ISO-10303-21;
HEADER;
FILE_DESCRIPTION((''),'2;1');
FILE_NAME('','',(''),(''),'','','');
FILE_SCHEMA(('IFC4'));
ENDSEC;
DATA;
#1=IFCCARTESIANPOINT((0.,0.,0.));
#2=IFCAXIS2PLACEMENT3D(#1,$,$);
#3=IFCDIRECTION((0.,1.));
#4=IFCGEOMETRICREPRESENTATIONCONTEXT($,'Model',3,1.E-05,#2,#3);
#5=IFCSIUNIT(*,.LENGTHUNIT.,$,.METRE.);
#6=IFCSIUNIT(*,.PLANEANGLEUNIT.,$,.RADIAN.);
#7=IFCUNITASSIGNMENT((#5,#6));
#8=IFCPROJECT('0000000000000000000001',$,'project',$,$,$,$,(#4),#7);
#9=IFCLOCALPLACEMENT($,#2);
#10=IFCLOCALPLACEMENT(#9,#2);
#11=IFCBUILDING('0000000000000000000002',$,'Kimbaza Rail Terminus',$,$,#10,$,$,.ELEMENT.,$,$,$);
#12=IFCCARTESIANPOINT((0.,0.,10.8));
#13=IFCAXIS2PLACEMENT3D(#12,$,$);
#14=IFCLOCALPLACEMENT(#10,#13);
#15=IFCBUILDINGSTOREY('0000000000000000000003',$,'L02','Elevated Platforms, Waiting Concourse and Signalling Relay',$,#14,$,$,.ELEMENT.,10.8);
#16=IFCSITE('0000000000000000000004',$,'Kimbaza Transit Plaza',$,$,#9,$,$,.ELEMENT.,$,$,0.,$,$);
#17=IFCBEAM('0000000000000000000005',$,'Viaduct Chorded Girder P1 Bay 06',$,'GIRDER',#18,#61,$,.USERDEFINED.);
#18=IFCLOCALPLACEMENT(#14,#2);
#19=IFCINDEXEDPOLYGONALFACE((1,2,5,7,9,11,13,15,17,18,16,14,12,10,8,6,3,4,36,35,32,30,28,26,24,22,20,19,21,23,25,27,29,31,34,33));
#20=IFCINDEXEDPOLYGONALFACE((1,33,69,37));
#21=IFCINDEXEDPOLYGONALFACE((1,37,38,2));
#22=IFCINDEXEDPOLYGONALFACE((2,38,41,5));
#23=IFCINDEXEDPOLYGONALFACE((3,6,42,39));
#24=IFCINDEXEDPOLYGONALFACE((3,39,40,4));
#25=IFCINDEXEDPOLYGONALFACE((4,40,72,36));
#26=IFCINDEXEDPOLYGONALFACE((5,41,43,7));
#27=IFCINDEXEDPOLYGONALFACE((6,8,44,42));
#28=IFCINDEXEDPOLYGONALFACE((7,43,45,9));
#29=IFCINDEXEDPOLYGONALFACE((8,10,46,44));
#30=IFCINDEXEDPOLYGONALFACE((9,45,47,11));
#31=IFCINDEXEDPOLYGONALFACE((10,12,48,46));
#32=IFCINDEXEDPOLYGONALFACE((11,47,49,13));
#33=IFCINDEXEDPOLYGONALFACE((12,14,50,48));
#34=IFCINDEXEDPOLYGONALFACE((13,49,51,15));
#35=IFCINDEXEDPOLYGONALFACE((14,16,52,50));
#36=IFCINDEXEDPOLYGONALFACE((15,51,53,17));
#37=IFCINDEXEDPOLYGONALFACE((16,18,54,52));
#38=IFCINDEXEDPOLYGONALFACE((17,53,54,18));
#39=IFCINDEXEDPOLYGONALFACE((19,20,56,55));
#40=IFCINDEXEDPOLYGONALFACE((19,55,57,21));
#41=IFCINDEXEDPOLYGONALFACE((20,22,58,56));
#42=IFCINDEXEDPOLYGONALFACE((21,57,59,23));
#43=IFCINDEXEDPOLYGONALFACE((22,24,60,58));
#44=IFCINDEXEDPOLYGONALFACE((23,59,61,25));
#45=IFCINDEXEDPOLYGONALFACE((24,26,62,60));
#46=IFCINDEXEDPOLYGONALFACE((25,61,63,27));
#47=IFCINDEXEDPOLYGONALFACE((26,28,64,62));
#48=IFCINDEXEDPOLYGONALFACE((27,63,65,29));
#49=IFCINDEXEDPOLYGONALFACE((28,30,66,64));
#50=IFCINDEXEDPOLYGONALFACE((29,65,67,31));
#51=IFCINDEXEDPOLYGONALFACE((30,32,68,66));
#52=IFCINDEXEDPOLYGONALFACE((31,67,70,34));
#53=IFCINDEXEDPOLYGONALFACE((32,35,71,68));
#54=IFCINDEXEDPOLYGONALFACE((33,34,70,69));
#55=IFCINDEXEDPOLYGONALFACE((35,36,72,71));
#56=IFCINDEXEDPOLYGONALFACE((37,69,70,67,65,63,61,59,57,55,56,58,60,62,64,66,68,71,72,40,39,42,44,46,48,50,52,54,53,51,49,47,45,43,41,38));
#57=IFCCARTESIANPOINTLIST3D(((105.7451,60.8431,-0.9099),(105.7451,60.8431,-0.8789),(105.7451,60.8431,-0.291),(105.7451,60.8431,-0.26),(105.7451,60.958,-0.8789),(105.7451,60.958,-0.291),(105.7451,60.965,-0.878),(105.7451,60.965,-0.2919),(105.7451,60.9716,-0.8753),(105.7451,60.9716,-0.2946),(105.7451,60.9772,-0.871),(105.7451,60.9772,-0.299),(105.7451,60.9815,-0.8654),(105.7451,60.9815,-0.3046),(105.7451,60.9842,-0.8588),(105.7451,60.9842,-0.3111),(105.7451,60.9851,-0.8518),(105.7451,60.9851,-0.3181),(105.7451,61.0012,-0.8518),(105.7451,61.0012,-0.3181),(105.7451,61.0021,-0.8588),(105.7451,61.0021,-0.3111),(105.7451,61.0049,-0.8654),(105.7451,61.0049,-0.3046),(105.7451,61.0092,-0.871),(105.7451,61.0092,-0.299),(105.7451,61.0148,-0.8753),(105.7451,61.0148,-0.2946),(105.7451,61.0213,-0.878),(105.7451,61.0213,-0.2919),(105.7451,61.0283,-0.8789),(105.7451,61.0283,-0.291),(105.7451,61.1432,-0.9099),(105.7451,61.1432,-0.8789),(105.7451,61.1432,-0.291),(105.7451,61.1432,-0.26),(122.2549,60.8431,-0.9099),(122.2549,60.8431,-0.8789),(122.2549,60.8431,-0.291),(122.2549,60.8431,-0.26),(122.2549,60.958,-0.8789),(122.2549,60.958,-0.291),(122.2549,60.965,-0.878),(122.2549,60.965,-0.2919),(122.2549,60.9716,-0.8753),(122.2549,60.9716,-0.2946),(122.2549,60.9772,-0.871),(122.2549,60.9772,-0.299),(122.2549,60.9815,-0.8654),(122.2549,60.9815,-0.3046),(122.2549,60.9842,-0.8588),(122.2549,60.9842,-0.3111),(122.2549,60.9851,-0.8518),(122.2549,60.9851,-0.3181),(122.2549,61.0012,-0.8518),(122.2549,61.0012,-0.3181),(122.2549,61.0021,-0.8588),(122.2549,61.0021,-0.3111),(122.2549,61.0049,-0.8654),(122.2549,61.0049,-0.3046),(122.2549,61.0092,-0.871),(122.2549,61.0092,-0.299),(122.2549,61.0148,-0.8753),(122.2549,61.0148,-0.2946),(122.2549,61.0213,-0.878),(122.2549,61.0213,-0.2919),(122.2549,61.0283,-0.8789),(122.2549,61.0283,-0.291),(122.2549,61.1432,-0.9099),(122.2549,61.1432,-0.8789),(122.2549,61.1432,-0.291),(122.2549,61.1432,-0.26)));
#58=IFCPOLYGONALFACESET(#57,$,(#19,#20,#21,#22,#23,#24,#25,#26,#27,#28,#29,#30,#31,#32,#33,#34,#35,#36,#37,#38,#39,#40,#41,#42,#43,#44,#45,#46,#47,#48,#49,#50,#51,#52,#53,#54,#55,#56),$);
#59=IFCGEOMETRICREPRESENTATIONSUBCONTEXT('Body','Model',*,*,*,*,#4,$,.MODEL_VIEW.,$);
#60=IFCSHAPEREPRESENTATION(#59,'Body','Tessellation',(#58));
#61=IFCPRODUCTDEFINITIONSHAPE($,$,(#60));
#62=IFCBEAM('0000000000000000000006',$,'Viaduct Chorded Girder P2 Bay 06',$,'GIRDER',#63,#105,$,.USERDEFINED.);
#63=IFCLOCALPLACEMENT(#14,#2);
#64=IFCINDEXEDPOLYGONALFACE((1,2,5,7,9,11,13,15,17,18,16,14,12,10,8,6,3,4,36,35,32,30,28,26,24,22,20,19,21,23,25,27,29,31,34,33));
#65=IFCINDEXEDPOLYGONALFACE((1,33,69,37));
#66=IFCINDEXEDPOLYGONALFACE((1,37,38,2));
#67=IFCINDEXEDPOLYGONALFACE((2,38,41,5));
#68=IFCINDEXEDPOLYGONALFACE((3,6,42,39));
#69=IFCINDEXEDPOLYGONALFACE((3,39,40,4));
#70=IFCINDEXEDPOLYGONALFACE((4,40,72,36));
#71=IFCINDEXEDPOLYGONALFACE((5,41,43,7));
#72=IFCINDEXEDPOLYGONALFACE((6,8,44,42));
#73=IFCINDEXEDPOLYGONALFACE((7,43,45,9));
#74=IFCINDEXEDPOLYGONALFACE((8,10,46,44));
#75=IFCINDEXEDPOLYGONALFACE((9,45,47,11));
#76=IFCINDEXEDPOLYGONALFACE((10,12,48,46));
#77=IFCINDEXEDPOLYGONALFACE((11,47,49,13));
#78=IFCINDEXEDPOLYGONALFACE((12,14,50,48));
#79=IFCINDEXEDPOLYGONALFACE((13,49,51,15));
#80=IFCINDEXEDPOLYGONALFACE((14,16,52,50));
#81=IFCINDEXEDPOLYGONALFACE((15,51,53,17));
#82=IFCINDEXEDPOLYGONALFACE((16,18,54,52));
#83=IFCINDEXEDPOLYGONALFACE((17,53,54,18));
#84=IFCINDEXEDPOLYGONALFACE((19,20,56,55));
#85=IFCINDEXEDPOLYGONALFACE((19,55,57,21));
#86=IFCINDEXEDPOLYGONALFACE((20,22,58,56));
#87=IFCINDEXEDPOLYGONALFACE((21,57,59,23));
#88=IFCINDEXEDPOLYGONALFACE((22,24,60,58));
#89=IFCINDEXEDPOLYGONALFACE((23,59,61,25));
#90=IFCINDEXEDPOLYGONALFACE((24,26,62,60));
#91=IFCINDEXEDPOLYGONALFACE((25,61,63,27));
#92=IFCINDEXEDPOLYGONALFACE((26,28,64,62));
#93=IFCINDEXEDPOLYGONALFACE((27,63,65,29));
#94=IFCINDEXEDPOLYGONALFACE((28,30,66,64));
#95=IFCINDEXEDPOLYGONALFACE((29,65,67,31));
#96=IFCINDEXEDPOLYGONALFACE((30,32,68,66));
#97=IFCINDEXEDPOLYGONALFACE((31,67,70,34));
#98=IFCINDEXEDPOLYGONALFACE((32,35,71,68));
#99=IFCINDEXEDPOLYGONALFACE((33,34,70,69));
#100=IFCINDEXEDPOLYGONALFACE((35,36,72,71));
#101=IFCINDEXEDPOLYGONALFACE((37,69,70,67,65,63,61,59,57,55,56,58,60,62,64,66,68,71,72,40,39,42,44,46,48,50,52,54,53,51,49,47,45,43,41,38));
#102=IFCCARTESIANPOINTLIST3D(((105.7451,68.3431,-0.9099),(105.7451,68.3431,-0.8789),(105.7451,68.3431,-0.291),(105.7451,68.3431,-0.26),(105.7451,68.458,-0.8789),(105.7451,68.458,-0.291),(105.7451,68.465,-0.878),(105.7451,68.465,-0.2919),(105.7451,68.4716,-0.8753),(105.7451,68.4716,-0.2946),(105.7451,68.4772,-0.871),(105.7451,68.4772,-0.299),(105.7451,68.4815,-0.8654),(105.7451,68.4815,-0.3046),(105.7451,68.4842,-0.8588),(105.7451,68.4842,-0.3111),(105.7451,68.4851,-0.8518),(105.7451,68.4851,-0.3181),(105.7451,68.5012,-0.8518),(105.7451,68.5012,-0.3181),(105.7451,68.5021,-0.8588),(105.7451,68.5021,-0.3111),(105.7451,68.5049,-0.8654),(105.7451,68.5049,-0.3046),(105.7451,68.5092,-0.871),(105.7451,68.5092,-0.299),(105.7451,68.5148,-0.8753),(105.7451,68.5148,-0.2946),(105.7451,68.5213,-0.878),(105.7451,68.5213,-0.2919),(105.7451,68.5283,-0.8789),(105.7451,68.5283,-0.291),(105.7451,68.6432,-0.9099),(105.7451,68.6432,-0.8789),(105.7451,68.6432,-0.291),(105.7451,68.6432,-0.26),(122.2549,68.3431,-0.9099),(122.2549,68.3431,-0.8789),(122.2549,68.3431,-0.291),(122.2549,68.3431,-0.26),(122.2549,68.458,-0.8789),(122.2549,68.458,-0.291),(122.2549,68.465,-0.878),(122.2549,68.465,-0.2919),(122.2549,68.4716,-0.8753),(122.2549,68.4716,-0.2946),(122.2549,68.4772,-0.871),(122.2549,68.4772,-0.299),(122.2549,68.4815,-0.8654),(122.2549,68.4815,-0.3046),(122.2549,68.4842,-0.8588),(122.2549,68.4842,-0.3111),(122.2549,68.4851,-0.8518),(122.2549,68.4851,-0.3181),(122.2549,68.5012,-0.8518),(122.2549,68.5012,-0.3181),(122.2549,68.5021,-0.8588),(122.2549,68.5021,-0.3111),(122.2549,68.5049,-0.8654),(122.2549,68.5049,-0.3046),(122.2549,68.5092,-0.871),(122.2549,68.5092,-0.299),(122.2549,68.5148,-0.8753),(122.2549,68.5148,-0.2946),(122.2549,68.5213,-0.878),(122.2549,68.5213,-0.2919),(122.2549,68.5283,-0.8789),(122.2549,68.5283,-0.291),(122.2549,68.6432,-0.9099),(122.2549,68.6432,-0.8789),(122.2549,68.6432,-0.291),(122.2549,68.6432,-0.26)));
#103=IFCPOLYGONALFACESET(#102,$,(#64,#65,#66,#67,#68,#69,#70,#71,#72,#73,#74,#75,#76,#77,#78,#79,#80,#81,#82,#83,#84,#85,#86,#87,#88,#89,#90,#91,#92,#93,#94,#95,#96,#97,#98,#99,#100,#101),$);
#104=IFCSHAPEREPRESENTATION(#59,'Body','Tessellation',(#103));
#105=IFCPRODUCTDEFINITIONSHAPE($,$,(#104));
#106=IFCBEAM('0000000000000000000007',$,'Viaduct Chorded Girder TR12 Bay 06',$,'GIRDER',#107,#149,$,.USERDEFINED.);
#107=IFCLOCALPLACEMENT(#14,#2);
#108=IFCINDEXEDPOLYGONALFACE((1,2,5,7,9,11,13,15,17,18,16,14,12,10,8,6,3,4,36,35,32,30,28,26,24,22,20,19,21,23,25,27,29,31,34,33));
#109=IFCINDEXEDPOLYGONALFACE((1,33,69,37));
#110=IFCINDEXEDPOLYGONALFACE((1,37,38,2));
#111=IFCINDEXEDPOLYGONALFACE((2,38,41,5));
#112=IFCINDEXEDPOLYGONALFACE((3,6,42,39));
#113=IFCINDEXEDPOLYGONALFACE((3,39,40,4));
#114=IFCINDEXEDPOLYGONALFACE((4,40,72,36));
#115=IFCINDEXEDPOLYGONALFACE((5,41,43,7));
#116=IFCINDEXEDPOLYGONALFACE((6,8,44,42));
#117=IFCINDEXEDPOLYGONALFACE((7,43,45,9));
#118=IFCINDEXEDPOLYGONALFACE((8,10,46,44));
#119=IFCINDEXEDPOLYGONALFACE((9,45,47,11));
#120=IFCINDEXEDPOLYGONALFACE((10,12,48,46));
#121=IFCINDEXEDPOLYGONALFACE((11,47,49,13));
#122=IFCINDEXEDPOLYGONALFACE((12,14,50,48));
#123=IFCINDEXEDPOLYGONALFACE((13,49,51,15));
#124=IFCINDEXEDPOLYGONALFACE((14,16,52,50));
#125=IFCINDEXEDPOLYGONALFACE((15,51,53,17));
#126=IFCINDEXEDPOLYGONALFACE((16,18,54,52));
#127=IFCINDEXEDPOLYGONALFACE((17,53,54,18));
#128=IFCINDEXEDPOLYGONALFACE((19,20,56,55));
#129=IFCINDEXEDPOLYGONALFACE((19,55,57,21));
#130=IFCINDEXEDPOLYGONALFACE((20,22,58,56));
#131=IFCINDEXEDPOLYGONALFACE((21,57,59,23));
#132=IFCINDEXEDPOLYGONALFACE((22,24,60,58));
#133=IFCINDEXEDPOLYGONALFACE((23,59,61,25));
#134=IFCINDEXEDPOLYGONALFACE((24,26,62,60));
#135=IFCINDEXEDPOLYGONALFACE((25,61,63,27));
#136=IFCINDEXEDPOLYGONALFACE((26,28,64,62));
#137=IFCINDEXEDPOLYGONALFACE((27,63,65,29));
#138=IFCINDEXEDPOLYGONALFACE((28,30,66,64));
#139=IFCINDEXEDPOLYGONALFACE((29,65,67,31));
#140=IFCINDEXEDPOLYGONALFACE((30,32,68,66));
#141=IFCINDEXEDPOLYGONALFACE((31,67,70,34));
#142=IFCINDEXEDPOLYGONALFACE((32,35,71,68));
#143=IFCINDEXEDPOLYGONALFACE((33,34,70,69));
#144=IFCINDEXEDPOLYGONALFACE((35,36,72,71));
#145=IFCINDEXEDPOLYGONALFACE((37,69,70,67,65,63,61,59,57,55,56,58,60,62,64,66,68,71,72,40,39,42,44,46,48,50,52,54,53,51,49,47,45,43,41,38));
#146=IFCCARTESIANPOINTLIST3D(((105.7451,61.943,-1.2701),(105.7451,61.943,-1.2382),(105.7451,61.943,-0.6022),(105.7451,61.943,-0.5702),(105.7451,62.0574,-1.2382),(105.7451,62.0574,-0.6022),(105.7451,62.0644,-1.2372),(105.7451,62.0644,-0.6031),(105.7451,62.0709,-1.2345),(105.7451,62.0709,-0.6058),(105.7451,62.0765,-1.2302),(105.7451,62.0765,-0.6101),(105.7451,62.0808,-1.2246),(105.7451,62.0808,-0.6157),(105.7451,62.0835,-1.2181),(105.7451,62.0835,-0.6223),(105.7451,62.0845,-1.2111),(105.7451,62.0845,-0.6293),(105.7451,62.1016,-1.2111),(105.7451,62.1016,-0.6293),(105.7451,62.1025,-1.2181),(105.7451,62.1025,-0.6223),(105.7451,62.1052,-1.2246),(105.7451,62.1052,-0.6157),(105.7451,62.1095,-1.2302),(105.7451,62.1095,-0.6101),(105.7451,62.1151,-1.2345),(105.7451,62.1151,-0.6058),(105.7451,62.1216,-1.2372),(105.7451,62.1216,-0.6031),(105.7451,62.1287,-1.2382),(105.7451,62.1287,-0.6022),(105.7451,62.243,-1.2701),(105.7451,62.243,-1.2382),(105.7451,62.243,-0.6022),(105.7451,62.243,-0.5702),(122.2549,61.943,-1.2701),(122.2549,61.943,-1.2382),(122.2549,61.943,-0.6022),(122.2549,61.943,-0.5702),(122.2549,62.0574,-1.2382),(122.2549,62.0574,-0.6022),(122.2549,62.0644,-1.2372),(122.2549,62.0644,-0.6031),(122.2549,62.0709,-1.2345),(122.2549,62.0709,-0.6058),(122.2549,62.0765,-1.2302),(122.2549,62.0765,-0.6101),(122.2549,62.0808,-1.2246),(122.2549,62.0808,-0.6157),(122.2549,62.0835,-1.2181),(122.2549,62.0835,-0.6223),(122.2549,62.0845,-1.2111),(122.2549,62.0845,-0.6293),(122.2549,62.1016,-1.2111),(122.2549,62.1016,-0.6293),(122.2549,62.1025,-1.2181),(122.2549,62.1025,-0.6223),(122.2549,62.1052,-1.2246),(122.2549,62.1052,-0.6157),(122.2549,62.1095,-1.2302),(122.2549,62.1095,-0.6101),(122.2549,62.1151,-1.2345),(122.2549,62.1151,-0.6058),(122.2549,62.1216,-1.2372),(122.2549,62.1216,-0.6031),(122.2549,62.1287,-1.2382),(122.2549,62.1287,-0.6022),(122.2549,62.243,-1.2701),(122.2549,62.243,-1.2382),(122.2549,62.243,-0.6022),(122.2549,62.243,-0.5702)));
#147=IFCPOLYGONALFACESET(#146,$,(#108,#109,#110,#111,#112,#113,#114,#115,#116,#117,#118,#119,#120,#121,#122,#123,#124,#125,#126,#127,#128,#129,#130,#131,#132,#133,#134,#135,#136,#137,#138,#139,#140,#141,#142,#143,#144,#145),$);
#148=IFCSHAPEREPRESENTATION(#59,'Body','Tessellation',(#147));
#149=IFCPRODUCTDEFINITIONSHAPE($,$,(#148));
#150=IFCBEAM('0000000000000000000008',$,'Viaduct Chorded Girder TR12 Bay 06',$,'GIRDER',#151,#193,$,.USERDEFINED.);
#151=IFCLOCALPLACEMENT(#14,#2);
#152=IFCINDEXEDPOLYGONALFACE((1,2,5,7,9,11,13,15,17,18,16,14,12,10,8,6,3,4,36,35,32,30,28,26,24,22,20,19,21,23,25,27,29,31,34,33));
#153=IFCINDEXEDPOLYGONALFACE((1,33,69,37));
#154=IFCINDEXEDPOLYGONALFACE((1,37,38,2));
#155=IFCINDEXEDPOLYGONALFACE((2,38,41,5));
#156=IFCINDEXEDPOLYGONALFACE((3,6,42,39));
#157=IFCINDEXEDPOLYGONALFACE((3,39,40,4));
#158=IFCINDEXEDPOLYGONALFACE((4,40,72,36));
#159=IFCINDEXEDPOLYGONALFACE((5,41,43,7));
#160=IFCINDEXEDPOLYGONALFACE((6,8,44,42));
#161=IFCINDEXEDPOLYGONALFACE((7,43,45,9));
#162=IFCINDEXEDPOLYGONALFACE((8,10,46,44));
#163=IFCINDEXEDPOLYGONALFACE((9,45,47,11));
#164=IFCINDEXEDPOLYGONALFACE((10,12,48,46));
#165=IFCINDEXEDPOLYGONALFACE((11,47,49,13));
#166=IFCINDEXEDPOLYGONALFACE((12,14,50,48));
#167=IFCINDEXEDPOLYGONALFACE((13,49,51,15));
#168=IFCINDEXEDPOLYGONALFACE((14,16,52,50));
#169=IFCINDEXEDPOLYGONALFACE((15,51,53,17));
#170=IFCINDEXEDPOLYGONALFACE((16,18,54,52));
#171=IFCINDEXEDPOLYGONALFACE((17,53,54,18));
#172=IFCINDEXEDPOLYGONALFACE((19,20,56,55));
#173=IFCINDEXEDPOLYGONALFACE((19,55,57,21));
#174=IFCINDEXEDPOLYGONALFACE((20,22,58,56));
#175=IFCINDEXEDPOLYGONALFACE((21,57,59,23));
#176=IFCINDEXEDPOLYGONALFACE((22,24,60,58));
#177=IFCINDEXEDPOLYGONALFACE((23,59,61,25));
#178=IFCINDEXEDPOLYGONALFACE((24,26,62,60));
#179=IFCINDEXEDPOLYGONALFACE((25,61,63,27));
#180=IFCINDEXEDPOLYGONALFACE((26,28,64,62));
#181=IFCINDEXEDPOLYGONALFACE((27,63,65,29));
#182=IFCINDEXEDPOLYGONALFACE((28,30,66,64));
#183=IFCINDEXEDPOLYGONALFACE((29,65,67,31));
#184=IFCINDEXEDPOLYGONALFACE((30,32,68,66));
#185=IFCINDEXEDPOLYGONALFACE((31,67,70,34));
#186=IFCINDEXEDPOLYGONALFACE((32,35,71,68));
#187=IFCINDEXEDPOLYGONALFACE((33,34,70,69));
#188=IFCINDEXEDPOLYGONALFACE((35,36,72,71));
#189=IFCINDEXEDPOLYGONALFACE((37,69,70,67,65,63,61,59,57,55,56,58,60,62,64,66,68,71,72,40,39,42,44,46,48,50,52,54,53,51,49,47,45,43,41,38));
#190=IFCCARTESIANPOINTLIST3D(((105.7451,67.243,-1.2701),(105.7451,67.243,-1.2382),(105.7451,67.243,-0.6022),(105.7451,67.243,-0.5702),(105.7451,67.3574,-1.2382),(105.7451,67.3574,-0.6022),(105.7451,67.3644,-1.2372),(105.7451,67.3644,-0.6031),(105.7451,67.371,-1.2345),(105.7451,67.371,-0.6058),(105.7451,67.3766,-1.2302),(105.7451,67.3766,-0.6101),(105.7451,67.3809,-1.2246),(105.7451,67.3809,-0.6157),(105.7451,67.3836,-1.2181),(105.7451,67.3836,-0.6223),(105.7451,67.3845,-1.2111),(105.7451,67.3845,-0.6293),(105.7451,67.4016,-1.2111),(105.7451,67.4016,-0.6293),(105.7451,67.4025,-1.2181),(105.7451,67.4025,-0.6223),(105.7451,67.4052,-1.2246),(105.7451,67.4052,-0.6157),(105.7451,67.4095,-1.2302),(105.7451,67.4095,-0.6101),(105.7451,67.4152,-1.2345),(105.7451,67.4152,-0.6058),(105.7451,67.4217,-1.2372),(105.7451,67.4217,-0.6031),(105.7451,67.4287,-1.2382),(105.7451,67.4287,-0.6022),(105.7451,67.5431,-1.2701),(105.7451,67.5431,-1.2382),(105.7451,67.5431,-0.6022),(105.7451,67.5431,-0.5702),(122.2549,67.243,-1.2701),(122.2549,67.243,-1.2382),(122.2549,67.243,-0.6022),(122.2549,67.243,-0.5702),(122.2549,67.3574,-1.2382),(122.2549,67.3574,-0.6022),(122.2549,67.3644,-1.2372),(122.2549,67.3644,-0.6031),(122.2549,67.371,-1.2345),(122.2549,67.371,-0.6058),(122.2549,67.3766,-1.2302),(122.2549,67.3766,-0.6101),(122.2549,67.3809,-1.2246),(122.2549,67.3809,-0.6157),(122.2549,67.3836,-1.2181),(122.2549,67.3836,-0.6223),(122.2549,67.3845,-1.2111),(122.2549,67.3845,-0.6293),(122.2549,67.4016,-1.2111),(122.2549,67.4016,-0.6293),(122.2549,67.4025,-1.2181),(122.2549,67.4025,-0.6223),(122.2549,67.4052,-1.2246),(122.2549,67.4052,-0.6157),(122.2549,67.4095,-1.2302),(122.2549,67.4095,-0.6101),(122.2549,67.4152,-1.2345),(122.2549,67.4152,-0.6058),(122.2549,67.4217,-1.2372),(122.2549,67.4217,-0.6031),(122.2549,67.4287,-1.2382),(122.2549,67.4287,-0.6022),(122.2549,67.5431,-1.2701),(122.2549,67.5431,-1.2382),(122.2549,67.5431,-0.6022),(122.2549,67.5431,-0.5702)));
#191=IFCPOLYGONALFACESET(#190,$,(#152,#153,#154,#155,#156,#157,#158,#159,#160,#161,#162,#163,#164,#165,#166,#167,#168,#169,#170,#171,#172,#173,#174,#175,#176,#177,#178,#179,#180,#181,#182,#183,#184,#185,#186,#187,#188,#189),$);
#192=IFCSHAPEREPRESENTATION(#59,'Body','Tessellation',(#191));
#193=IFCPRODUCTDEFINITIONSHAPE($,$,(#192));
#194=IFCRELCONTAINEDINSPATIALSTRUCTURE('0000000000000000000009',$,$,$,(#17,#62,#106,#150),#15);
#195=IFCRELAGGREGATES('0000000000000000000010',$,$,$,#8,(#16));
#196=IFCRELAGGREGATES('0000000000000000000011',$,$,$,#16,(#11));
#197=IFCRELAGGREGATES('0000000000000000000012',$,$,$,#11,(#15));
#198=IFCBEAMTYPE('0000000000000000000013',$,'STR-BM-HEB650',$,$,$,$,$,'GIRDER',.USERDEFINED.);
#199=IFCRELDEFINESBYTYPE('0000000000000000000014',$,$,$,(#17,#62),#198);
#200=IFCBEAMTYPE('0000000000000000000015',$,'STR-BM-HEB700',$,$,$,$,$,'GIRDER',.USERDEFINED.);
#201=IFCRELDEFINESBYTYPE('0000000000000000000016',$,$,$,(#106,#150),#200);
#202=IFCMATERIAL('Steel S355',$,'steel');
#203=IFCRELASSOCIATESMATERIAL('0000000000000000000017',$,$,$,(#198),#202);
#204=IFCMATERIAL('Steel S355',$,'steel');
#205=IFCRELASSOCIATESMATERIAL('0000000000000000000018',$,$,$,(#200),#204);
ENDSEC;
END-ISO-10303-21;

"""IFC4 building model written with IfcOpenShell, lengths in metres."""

from ifc_helpers import new_model, si_unit, direction, frame, origin, origin_2d, place, context, subcontext, project, spatial, i_section, extrude, material, material_profile, profile_set, type_object, element, save


model = new_model("IFC4")

# Units and contexts
model_context = context("Model", 3, precision=1e-05, world=origin(), true_north=direction((0.0, 1.0)))
body_context = subcontext(model_context, "Body", "Model", "MODEL_VIEW")
ifc_project = project(units=[si_unit("LENGTHUNIT", "METRE"), si_unit("PLANEANGLEUNIT", "RADIAN")], contexts=[model_context])

# Site, building, storey
site_placement = place(None, origin())
site = spatial("IfcSite", under=ifc_project, at=site_placement, Name="Kimbaza Transit Plaza", CompositionType="ELEMENT", RefElevation=0.0)
building_placement = place(site_placement, origin())
building = spatial("IfcBuilding", under=site, at=building_placement, Name="Kimbaza Rail Terminus", CompositionType="ELEMENT")
storey_placement = place(building_placement, frame((0.0, 0.0, 10.8)))
storey = spatial("IfcBuildingStorey", under=building, at=storey_placement, Name="L02", Description="Elevated Platforms, Waiting Concourse and Signalling Relay", CompositionType="ELEMENT", Elevation=10.8)

# Beams
ifc_material_1 = material(Name="Steel S355", Category="steel")
ifc_material_profile_1 = material_profile(ifc_material_1, i_section(OverallWidth=0.3, OverallDepth=0.6499, WebThickness=0.0161, FlangeThickness=0.031, FilletRadius=0.0271, at=origin_2d()), Name="HEB 650")
ifc_profile_set_1 = profile_set([ifc_material_profile_1], Name="Steel S355")
beam_type_1 = type_object("IfcBeamType", Name="STR-BM-HEB650", ElementType="GIRDER", PredefinedType="USERDEFINED", material=ifc_profile_set_1)
for number, where, z_axis, x_axis, name in (
    (1, (105.7451, 60.9932, -0.585), (1.0, 0.0, 0.0), (0.0, 1.0, 0.0), "Viaduct Chorded Girder P1 Bay 06"),
    (2, (105.7451, 68.4932, -0.585), (1.0, 0.0, 0.0), (0.0, 1.0, 0.0), "Viaduct Chorded Girder P2 Bay 06"),
):
    element("IfcBeam", number, at=place(storey_placement, frame(where, z_axis=z_axis, x_axis=x_axis)), inside=storey, type_object=beam_type_1, Name=name, ObjectType="GIRDER", PredefinedType="USERDEFINED", context=body_context, shape_type="SweptSolid", body=[
        extrude(i_section(OverallWidth=0.3, OverallDepth=0.6499, WebThickness=0.0161, FlangeThickness=0.031, FilletRadius=0.0271, at=origin_2d()), origin(), (0.0, 0.0, 1.0), 16.5098),
    ])
ifc_material_2 = material(Name="Steel S355", Category="steel")
ifc_material_profile_2 = material_profile(ifc_material_2, i_section(OverallWidth=0.3, OverallDepth=0.7, WebThickness=0.0171, FlangeThickness=0.032, FilletRadius=0.0271, at=origin_2d()), Name="HEB 700")
ifc_profile_set_2 = profile_set([ifc_material_profile_2], Name="Steel S355")
beam_type_2 = type_object("IfcBeamType", Name="STR-BM-HEB700", ElementType="GIRDER", PredefinedType="USERDEFINED", material=ifc_profile_set_2)
for number, where, z_axis, x_axis, name in (
    (3, (105.7451, 62.093, -0.9202), (1.0, 0.0, 0.0), (0.0, 1.0, 0.0), "Viaduct Chorded Girder TR12 Bay 06"),
    (4, (105.7451, 67.3931, -0.9202), (1.0, 0.0, 0.0), (0.0, 1.0, 0.0), "Viaduct Chorded Girder TR12 Bay 06"),
):
    element("IfcBeam", number, at=place(storey_placement, frame(where, z_axis=z_axis, x_axis=x_axis)), inside=storey, type_object=beam_type_2, Name=name, ObjectType="GIRDER", PredefinedType="USERDEFINED", context=body_context, shape_type="SweptSolid", body=[
        extrude(i_section(OverallWidth=0.3, OverallDepth=0.7, WebThickness=0.0171, FlangeThickness=0.032, FilletRadius=0.0271, at=origin_2d()), origin(), (0.0, 0.0, 1.0), 16.5098),
    ])

save(model, "model.ifc")
